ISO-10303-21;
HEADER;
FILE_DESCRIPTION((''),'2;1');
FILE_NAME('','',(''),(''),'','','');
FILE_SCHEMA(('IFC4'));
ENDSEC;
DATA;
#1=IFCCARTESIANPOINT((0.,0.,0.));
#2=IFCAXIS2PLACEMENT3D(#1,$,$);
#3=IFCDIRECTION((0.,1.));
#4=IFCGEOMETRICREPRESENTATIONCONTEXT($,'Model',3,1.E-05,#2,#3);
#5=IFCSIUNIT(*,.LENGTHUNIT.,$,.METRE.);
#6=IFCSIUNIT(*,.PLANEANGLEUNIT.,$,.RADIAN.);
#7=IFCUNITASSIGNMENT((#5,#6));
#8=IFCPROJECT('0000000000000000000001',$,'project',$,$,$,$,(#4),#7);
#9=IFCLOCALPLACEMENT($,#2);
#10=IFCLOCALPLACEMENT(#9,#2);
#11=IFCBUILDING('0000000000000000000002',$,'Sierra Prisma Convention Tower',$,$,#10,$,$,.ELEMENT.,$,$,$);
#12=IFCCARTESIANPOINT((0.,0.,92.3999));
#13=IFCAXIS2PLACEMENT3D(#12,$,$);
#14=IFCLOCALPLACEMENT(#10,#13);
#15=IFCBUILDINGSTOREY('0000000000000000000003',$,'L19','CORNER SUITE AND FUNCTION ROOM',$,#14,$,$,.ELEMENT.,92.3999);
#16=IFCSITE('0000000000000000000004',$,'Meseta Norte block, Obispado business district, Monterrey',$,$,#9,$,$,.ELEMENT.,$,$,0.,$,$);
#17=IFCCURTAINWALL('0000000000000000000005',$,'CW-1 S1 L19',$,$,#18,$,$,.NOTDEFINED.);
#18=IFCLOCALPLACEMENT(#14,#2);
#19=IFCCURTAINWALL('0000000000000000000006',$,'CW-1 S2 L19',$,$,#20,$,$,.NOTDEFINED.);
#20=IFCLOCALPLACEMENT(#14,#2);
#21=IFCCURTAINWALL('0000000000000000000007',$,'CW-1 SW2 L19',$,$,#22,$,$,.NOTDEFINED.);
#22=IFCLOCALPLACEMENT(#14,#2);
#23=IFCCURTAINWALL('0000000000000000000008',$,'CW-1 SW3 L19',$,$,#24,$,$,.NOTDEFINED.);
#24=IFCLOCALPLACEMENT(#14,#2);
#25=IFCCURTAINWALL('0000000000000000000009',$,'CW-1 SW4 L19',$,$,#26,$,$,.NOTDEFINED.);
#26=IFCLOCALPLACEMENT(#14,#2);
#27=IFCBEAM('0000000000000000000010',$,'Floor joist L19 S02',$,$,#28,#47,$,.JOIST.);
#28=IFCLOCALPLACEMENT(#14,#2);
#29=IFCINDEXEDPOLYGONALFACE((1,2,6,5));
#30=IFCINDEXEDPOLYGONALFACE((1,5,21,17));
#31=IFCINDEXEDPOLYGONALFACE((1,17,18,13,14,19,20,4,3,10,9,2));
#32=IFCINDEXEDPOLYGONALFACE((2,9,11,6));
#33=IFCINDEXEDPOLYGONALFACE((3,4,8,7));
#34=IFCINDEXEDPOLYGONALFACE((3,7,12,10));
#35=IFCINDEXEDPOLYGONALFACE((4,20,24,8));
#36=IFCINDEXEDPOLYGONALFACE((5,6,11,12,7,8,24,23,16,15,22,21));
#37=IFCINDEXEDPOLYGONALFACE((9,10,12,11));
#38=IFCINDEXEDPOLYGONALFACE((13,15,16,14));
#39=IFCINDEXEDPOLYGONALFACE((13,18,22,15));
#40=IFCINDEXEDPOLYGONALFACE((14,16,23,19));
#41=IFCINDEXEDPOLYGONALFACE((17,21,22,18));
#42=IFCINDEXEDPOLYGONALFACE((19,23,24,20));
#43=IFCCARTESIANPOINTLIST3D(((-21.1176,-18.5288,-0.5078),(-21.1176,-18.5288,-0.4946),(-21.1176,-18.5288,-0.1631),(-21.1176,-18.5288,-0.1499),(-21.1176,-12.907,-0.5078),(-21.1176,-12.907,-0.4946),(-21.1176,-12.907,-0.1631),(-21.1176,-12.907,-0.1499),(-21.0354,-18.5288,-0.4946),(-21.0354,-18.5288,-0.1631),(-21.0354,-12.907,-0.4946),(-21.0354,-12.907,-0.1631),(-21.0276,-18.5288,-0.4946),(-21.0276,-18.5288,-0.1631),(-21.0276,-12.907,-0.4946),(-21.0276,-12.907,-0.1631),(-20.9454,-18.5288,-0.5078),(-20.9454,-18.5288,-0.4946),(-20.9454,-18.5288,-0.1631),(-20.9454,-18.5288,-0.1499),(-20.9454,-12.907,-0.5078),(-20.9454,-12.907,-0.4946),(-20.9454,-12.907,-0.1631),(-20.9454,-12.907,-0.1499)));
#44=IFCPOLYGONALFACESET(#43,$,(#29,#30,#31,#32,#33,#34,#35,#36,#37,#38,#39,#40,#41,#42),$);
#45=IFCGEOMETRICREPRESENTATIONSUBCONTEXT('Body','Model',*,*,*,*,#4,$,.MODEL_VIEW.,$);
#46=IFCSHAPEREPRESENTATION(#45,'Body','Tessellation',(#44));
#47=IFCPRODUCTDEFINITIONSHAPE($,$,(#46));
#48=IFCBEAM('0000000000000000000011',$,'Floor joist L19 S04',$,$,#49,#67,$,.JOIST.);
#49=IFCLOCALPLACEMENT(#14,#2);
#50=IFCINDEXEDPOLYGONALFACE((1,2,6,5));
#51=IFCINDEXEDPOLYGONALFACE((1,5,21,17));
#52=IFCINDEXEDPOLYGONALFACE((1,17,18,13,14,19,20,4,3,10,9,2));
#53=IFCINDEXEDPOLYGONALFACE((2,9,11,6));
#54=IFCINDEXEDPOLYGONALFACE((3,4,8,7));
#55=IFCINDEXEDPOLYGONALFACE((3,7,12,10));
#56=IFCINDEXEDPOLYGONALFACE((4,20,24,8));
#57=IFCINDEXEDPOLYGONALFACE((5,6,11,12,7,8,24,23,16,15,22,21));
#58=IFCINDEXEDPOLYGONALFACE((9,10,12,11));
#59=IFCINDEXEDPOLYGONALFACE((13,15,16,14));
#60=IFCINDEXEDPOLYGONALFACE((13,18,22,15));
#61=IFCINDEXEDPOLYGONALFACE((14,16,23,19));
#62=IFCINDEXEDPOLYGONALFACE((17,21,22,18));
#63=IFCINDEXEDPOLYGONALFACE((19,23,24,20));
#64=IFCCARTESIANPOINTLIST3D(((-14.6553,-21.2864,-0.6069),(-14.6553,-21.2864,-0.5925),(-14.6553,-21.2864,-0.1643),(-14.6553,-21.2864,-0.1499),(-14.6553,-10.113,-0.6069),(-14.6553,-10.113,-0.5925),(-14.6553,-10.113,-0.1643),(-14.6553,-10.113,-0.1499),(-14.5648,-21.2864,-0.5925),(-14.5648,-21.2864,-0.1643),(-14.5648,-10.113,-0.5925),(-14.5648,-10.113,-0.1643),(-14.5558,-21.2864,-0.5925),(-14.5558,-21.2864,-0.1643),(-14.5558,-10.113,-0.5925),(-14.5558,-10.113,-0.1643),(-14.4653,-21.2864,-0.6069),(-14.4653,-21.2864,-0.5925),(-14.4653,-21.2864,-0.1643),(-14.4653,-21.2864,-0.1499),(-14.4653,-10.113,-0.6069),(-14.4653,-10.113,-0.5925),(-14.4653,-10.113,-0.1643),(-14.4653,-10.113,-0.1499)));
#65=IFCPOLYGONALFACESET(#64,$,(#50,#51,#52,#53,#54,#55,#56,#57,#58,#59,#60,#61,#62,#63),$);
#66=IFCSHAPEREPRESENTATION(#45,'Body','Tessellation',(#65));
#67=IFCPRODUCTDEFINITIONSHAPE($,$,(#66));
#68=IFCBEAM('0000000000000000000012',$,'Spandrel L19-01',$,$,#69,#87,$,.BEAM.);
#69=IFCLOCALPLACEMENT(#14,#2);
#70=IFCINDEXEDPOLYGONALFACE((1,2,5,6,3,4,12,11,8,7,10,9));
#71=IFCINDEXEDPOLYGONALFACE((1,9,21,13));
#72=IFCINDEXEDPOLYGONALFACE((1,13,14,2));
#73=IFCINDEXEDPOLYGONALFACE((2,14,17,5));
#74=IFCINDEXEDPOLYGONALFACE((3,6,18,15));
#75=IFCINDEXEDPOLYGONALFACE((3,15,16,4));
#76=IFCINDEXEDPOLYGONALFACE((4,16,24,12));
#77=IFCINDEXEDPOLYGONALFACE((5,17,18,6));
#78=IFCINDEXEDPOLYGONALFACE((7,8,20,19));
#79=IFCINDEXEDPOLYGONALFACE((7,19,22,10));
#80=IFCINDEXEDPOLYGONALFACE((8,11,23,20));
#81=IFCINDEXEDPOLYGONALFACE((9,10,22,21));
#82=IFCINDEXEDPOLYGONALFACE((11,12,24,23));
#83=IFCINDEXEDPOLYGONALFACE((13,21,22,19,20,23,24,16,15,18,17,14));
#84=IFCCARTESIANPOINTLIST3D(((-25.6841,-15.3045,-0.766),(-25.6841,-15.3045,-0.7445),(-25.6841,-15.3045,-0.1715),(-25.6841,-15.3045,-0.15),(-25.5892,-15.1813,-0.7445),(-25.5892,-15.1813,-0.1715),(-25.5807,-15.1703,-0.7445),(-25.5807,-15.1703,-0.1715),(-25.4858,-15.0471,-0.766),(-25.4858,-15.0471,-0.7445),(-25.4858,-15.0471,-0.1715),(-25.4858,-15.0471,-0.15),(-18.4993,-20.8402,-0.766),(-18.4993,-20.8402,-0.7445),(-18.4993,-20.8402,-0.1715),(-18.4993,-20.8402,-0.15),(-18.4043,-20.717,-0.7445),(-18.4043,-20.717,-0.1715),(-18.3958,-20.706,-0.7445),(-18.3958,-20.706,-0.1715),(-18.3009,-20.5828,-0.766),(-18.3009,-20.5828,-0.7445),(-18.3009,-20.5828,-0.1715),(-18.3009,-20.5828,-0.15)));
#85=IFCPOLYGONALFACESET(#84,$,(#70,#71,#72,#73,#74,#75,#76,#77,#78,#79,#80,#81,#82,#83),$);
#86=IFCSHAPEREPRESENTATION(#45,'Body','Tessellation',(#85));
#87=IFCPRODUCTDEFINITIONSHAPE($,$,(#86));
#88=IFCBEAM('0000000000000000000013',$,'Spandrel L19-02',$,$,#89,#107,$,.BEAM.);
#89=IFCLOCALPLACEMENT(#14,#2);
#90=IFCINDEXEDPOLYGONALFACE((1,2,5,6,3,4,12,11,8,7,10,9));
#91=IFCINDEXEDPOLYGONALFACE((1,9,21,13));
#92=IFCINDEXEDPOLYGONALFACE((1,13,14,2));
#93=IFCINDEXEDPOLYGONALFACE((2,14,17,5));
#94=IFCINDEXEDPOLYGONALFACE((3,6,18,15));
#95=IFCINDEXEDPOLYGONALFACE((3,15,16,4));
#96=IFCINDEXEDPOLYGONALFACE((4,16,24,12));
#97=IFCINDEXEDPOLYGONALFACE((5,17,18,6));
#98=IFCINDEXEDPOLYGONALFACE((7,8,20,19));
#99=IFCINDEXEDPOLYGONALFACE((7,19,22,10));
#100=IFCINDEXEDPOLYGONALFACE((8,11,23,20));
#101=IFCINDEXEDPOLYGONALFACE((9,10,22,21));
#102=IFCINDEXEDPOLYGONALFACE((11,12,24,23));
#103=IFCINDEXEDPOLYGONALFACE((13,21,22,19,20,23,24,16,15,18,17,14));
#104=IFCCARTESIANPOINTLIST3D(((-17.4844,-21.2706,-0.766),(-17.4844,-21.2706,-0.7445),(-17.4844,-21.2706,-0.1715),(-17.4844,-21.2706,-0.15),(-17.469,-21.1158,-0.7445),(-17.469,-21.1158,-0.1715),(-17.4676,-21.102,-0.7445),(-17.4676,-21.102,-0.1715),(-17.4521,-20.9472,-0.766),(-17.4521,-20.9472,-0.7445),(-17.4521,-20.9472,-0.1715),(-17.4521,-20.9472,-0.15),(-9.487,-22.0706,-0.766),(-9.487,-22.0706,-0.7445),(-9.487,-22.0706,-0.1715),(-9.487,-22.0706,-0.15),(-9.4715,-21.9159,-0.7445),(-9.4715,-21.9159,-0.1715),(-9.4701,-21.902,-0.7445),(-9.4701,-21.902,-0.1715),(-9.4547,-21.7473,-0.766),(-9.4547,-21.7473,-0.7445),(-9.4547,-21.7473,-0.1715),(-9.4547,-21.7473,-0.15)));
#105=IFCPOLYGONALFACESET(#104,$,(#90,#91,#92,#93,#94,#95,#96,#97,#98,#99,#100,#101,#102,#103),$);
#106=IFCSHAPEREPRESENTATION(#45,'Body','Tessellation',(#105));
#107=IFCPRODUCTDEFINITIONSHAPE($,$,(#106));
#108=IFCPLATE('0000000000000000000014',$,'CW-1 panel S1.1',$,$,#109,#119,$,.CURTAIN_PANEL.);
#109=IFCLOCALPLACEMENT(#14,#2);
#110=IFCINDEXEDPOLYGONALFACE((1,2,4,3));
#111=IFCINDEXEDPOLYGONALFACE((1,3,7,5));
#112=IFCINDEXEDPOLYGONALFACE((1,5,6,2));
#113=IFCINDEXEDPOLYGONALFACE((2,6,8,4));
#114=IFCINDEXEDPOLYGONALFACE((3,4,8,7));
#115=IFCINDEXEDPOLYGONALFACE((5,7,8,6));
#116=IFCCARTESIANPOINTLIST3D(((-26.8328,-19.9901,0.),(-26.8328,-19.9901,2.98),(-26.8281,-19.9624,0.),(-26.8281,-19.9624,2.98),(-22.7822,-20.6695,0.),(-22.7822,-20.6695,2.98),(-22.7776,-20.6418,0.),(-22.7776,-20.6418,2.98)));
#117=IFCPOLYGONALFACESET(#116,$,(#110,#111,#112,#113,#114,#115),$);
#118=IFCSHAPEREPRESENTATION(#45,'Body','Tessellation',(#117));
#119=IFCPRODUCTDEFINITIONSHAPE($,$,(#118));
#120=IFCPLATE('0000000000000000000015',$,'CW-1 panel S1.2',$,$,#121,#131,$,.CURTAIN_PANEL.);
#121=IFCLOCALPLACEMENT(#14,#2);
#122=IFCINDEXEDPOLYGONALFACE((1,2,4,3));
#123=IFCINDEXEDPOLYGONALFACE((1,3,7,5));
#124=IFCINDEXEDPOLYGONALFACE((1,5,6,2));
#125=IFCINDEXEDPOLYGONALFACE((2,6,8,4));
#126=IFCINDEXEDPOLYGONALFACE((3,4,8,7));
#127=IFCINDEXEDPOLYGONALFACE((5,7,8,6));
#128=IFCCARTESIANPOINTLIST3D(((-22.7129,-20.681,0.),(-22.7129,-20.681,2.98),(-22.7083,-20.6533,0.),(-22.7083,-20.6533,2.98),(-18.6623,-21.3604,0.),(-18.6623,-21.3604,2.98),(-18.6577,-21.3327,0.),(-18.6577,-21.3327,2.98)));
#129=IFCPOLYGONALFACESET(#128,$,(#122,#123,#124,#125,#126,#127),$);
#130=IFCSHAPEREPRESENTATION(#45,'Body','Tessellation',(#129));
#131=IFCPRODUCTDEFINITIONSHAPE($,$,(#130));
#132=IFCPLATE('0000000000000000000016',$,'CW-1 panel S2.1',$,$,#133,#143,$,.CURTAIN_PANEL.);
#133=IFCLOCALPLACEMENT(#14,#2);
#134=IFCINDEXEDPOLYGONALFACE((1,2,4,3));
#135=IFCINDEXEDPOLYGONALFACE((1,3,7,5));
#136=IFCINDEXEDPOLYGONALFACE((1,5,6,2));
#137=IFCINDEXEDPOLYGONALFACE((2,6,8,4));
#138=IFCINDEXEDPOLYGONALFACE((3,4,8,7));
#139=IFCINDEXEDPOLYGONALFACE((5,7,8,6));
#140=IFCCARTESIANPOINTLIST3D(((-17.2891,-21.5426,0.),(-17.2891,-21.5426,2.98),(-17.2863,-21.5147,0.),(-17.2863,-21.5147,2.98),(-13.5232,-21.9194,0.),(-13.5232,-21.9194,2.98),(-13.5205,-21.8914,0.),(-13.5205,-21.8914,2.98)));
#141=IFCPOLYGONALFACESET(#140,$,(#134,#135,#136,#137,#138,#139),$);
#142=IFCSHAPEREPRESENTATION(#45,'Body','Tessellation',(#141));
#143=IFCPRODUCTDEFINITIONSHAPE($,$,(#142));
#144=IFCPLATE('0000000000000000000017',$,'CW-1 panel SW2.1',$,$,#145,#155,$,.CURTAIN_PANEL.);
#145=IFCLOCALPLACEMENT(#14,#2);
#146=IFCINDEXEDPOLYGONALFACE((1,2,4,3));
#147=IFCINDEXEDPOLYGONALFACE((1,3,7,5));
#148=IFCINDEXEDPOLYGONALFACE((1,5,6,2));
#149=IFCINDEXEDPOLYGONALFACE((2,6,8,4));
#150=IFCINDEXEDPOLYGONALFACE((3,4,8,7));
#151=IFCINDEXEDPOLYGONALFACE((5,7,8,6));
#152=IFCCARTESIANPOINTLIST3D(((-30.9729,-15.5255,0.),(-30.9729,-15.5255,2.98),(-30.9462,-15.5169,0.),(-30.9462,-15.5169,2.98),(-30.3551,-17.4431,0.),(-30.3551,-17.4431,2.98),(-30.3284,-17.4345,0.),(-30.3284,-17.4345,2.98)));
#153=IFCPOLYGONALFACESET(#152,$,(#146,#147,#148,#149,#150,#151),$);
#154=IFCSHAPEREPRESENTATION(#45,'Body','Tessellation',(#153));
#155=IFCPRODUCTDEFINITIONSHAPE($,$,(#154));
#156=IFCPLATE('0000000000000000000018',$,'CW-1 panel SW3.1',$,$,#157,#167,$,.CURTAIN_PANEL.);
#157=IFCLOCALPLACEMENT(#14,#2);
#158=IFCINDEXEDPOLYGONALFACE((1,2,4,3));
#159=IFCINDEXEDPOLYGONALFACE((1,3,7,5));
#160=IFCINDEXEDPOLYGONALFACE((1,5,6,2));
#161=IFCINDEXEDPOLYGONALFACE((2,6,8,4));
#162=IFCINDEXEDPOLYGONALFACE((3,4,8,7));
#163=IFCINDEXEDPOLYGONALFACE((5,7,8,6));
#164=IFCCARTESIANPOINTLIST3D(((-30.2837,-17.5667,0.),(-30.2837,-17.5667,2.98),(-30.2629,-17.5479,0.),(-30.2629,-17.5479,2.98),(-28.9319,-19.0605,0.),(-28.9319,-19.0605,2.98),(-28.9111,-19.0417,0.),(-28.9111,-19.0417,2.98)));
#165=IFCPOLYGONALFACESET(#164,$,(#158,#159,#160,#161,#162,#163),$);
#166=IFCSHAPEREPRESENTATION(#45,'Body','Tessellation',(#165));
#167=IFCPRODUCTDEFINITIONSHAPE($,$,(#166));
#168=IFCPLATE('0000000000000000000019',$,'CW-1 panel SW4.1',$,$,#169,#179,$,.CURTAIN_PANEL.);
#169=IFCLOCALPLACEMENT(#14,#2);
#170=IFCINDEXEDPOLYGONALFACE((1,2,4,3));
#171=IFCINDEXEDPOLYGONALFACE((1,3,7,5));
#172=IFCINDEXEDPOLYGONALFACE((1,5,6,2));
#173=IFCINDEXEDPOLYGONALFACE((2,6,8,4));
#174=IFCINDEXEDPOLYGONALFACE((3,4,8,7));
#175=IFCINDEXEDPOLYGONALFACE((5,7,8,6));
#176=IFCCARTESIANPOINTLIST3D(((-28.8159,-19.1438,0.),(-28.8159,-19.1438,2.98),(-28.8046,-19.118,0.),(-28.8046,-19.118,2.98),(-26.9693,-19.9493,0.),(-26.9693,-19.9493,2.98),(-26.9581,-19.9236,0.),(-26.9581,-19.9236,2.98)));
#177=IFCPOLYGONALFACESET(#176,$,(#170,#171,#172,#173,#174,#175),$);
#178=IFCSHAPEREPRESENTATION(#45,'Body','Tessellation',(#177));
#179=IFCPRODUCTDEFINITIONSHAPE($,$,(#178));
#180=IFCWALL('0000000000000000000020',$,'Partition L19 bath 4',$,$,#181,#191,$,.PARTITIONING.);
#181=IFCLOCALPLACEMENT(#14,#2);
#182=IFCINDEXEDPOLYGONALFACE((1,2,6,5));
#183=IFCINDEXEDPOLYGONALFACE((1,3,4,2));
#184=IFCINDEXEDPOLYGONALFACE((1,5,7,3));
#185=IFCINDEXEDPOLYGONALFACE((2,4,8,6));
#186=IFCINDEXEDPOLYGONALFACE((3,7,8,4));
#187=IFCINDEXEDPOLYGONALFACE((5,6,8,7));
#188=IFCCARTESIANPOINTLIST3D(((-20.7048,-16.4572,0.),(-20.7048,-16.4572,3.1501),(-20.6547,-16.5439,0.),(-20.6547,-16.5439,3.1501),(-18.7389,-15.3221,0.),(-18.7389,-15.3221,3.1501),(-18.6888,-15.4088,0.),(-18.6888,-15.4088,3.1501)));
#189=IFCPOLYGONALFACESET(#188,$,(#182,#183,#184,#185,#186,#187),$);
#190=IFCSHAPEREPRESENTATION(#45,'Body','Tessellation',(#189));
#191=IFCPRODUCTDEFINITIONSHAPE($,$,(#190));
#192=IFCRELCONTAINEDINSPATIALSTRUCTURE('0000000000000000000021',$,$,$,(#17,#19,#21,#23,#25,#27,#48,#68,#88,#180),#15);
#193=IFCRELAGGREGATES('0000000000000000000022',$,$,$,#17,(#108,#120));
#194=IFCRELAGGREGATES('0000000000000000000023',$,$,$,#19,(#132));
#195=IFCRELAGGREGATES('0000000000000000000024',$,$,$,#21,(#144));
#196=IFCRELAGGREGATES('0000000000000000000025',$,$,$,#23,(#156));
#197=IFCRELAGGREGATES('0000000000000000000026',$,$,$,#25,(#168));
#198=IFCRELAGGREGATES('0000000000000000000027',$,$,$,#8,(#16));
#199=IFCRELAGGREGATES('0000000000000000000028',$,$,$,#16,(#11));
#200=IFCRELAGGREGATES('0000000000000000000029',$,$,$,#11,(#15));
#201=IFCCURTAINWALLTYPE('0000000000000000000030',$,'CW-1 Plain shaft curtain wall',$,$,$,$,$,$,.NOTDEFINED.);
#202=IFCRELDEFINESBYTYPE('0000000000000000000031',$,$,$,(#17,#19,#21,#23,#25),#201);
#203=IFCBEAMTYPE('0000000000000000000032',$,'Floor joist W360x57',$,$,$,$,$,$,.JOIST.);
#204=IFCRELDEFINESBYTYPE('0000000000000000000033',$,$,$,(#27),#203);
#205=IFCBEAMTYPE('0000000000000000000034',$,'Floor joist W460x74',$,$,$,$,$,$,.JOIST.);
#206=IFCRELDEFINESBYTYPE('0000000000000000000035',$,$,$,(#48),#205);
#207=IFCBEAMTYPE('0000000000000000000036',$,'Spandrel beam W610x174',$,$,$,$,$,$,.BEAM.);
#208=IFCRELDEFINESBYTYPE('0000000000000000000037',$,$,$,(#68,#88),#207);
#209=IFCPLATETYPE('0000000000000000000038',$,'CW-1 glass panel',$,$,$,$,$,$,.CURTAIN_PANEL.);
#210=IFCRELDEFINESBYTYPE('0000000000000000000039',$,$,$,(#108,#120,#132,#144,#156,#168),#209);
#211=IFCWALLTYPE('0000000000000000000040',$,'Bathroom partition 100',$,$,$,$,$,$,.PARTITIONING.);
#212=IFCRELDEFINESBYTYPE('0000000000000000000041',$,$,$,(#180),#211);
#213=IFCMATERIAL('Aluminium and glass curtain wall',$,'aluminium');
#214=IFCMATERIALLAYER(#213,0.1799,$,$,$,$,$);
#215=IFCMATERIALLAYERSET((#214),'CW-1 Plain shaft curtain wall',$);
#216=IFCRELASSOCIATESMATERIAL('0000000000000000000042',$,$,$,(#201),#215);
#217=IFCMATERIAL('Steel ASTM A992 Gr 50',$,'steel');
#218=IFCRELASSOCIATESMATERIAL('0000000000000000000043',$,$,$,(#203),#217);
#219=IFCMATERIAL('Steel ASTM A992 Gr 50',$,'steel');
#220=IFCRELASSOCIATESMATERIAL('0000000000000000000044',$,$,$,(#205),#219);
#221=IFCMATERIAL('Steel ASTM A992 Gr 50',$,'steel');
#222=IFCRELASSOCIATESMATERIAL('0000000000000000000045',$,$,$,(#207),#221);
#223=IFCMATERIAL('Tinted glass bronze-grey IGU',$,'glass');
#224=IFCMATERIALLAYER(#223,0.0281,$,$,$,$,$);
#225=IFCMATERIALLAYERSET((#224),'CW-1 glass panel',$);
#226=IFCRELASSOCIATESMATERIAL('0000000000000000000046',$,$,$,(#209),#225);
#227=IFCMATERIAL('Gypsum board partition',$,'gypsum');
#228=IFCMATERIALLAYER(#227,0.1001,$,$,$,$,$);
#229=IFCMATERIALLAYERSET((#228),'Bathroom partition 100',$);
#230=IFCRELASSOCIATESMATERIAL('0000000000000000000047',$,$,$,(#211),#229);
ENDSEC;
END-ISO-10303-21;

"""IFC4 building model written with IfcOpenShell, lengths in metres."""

from ifc_helpers import new_model, si_unit, direction, frame, frame_2d, origin, origin_2d, place, context, subcontext, project, spatial, rectangle, i_section, extrude, material, layer, layer_set, material_profile, profile_set, type_object, element, aggregate, save


model = new_model("IFC4")

# Units and contexts
model_context = context("Model", 3, precision=1e-05, world=origin(), true_north=direction((0.0, 1.0)))
body_context = subcontext(model_context, "Body", "Model", "MODEL_VIEW")
ifc_project = project(units=[si_unit("LENGTHUNIT", "METRE"), si_unit("PLANEANGLEUNIT", "RADIAN")], contexts=[model_context])

# Site, building, storey
site_placement = place(None, origin())
site = spatial("IfcSite", under=ifc_project, at=site_placement, Name="Meseta Norte block, Obispado business district, Monterrey", CompositionType="ELEMENT", RefElevation=0.0)
building_placement = place(site_placement, origin())
building = spatial("IfcBuilding", under=site, at=building_placement, Name="Sierra Prisma Convention Tower", CompositionType="ELEMENT")
storey_placement = place(building_placement, frame((0.0, 0.0, 92.3999)))
storey = spatial("IfcBuildingStorey", under=building, at=storey_placement, Name="L19", Description="CORNER SUITE AND FUNCTION ROOM", CompositionType="ELEMENT", Elevation=92.3999)

# Curtain wall
ifc_material_1 = material(Name="Aluminium and glass curtain wall", Category="aluminium")
ifc_layer_1 = layer(ifc_material_1, 0.1799)
ifc_layer_set_1 = layer_set([ifc_layer_1], Name="CW-1 Plain shaft curtain wall")
curtain_wall_type = type_object("IfcCurtainWallType", Name="CW-1 Plain shaft curtain wall", PredefinedType="NOTDEFINED", material=ifc_layer_set_1)
curtain_wall_1_placement = place(storey_placement, origin())
curtain_wall_1 = element("IfcCurtainWall", 1, at=curtain_wall_1_placement, inside=storey, type_object=curtain_wall_type, Name="CW-1 S1 L19", PredefinedType="NOTDEFINED")

# Curtain walls
curtain_wall_2_placement = place(storey_placement, origin())
curtain_wall_2 = element("IfcCurtainWall", 2, at=curtain_wall_2_placement, inside=storey, type_object=curtain_wall_type, Name="CW-1 S2 L19", PredefinedType="NOTDEFINED")
curtain_wall_3_placement = place(storey_placement, origin())
curtain_wall_3 = element("IfcCurtainWall", 3, at=curtain_wall_3_placement, inside=storey, type_object=curtain_wall_type, Name="CW-1 SW2 L19", PredefinedType="NOTDEFINED")
curtain_wall_4_placement = place(storey_placement, origin())
curtain_wall_4 = element("IfcCurtainWall", 4, at=curtain_wall_4_placement, inside=storey, type_object=curtain_wall_type, Name="CW-1 SW3 L19", PredefinedType="NOTDEFINED")
curtain_wall_5_placement = place(storey_placement, origin())
curtain_wall_5 = element("IfcCurtainWall", 5, at=curtain_wall_5_placement, inside=storey, type_object=curtain_wall_type, Name="CW-1 SW4 L19", PredefinedType="NOTDEFINED")

# Beams
ifc_material_2 = material(Name="Steel ASTM A992 Gr 50", Category="steel")
ifc_material_profile_1 = material_profile(ifc_material_2, i_section(OverallWidth=0.1721, OverallDepth=0.3579, WebThickness=0.0078, FlangeThickness=0.0132, at=origin_2d()), Name="W360x57")
ifc_profile_set_1 = profile_set([ifc_material_profile_1], Name="Steel ASTM A992 Gr 50")
beam_type_1 = type_object("IfcBeamType", Name="Floor joist W360x57", PredefinedType="JOIST", material=ifc_profile_set_1)
beam_1_placement = place(storey_placement, frame((-21.0315, -18.5288, -0.3289), z_axis=(0.0, 1.0, 0.0), x_axis=(-1.0, 0.0, 0.0)))
element("IfcBeam", 6, at=beam_1_placement, inside=storey, type_object=beam_type_1, Name="Floor joist L19 S02", PredefinedType="JOIST", context=body_context, shape_type="SweptSolid", body=[
    extrude(i_section(OverallWidth=0.1721, OverallDepth=0.3579, WebThickness=0.0078, FlangeThickness=0.0132, at=origin_2d()), origin(), (0.0, 0.0, 1.0), 5.6218),
])
ifc_material_3 = material(Name="Steel ASTM A992 Gr 50", Category="steel")
ifc_material_profile_2 = material_profile(ifc_material_3, i_section(OverallWidth=0.1899, OverallDepth=0.457, WebThickness=0.009, FlangeThickness=0.0144, at=origin_2d()), Name="W460x74")
ifc_profile_set_2 = profile_set([ifc_material_profile_2], Name="Steel ASTM A992 Gr 50")
beam_type_2 = type_object("IfcBeamType", Name="Floor joist W460x74", PredefinedType="JOIST", material=ifc_profile_set_2)
beam_2_placement = place(storey_placement, frame((-14.5603, -21.2864, -0.3784), z_axis=(0.0, 1.0, 0.0), x_axis=(-1.0, 0.0, 0.0)))
element("IfcBeam", 7, at=beam_2_placement, inside=storey, type_object=beam_type_2, Name="Floor joist L19 S04", PredefinedType="JOIST", context=body_context, shape_type="SweptSolid", body=[
    extrude(i_section(OverallWidth=0.1899, OverallDepth=0.457, WebThickness=0.009, FlangeThickness=0.0144, at=origin_2d()), origin(), (0.0, 0.0, 1.0), 11.1733),
])
ifc_material_4 = material(Name="Steel ASTM A992 Gr 50", Category="steel")
ifc_material_profile_3 = material_profile(ifc_material_4, i_section(OverallWidth=0.325, OverallDepth=0.616, WebThickness=0.0139, FlangeThickness=0.0215, at=origin_2d()), Name="W610x174")
ifc_profile_set_3 = profile_set([ifc_material_profile_3], Name="Steel ASTM A992 Gr 50")
beam_type_3 = type_object("IfcBeamType", Name="Spandrel beam W610x174", PredefinedType="BEAM", material=ifc_profile_set_3)
beam_3_placement = place(storey_placement, frame((-25.585, -15.1758, -0.458), z_axis=(0.792151, -0.610325, 0.0), x_axis=(0.610325, 0.792151, 0.0)))
element("IfcBeam", 8, at=beam_3_placement, inside=storey, type_object=beam_type_3, Name="Spandrel L19-01", PredefinedType="BEAM", context=body_context, shape_type="SweptSolid", body=[
    extrude(i_section(OverallWidth=0.325, OverallDepth=0.616, WebThickness=0.0139, FlangeThickness=0.0215, at=origin_2d()), origin(), (0.0, 0.0, 1.0), 9.0701),
])
beam_4_placement = place(storey_placement, frame((-17.4683, -21.1089, -0.458), z_axis=(0.995033, -0.099543, 0.0), x_axis=(0.099543, 0.995033, 0.0)))
element("IfcBeam", 9, at=beam_4_placement, inside=storey, type_object=beam_type_3, Name="Spandrel L19-02", PredefinedType="BEAM", context=body_context, shape_type="SweptSolid", body=[
    extrude(i_section(OverallWidth=0.325, OverallDepth=0.616, WebThickness=0.0139, FlangeThickness=0.0215, at=origin_2d()), origin(), (0.0, 0.0, 1.0), 8.0374),
])

# Plates
ifc_material_5 = material(Name="Tinted glass bronze-grey IGU", Category="glass")
ifc_layer_2 = layer(ifc_material_5, 0.0281)
ifc_layer_set_2 = layer_set([ifc_layer_2], Name="CW-1 glass panel")
plate_type = type_object("IfcPlateType", Name="CW-1 glass panel", PredefinedType="CURTAIN_PANEL", material=ifc_layer_set_2)
plate_1_placement = place(storey_placement, frame((-24.8052, -20.3159, 0.0), z_axis=(0.0, 0.0, 1.0), x_axis=(0.986223, -0.165422, 0.0)))
plate_1 = element("IfcPlate", 10, at=plate_1_placement, type_object=plate_type, Name="CW-1 panel S1.1", PredefinedType="CURTAIN_PANEL", context=body_context, shape_type="SweptSolid", body=[
    extrude(rectangle(XDim=4.1072, YDim=0.0281, at=origin_2d()), origin(), (0.0, 0.0, 1.0), 2.98),
])
plate_2_placement = place(storey_placement, frame((-20.6853, -21.0068, 0.0), z_axis=(0.0, 0.0, 1.0), x_axis=(0.986223, -0.165422, 0.0)))
plate_2 = element("IfcPlate", 11, at=plate_2_placement, type_object=plate_type, Name="CW-1 panel S1.2", PredefinedType="CURTAIN_PANEL", context=body_context, shape_type="SweptSolid", body=[
    extrude(rectangle(XDim=4.1072, YDim=0.0281, at=origin_2d()), origin(), (0.0, 0.0, 1.0), 2.98),
])
aggregate(curtain_wall_1, [plate_1, plate_2])
plate_3_placement = place(storey_placement, frame((-15.4048, -21.717, 0.0), z_axis=(0.0, 0.0, 1.0), x_axis=(0.995033, -0.099546, 0.0)))
plate_3 = element("IfcPlate", 12, at=plate_3_placement, type_object=plate_type, Name="CW-1 panel S2.1", PredefinedType="CURTAIN_PANEL", context=body_context, shape_type="SweptSolid", body=[
    extrude(rectangle(XDim=3.7847, YDim=0.0281, at=origin_2d()), origin(), (0.0, 0.0, 1.0), 2.98),
])
aggregate(curtain_wall_2, [plate_3])
plate_4_placement = place(storey_placement, frame((-30.6506, -16.48, 0.0), z_axis=(0.0, 0.0, 1.0), x_axis=(0.306635, -0.951827, 0.0)))
plate_4 = element("IfcPlate", 13, at=plate_4_placement, type_object=plate_type, Name="CW-1 panel SW2.1", PredefinedType="CURTAIN_PANEL", context=body_context, shape_type="SweptSolid", body=[
    extrude(rectangle(XDim=2.0146, YDim=0.0281, at=origin_2d()), origin(), (0.0, 0.0, 1.0), 2.98),
])
aggregate(curtain_wall_3, [plate_4])
plate_5_placement = place(storey_placement, frame((-29.5974, -18.3042, 0.0), z_axis=(0.0, 0.0, 1.0), x_axis=(0.670989, -0.741467, 0.0)))
plate_5 = element("IfcPlate", 14, at=plate_5_placement, type_object=plate_type, Name="CW-1 panel SW3.1", PredefinedType="CURTAIN_PANEL", context=body_context, shape_type="SweptSolid", body=[
    extrude(rectangle(XDim=2.0146, YDim=0.0281, at=origin_2d()), origin(), (0.0, 0.0, 1.0), 2.98),
])
aggregate(curtain_wall_4, [plate_5])
plate_6_placement = place(storey_placement, frame((-27.887, -19.5337, 0.0), z_axis=(0.0, 0.0, 1.0), x_axis=(0.916575, -0.399862, 0.0)))
plate_6 = element("IfcPlate", 15, at=plate_6_placement, type_object=plate_type, Name="CW-1 panel SW4.1", PredefinedType="CURTAIN_PANEL", context=body_context, shape_type="SweptSolid", body=[
    extrude(rectangle(XDim=2.0146, YDim=0.0281, at=origin_2d()), origin(), (0.0, 0.0, 1.0), 2.98),
])
aggregate(curtain_wall_5, [plate_6])

# Wall
ifc_material_6 = material(Name="Gypsum board partition", Category="gypsum")
ifc_layer_3 = layer(ifc_material_6, 0.1001)
ifc_layer_set_3 = layer_set([ifc_layer_3], Name="Bathroom partition 100")
wall_type_1 = type_object("IfcWallType", Name="Bathroom partition 100", PredefinedType="PARTITIONING", material=ifc_layer_set_3)
wall_1_placement = place(storey_placement, frame((-18.7139, -15.3655, 0.0), z_axis=(0.0, 0.0, 1.0), x_axis=(-0.866017, -0.500014, 0.0)))
element("IfcWall", 16, at=wall_1_placement, inside=storey, type_object=wall_type_1, Name="Partition L19 bath 4", PredefinedType="PARTITIONING", context=body_context, shape_type="SweptSolid", body=[
    extrude(rectangle(XDim=2.27, YDim=0.1001, at=frame_2d((1.135, 0.0))), origin(), (0.0, 0.0, 1.0), 3.1501),
])

save(model, "model.ifc")
